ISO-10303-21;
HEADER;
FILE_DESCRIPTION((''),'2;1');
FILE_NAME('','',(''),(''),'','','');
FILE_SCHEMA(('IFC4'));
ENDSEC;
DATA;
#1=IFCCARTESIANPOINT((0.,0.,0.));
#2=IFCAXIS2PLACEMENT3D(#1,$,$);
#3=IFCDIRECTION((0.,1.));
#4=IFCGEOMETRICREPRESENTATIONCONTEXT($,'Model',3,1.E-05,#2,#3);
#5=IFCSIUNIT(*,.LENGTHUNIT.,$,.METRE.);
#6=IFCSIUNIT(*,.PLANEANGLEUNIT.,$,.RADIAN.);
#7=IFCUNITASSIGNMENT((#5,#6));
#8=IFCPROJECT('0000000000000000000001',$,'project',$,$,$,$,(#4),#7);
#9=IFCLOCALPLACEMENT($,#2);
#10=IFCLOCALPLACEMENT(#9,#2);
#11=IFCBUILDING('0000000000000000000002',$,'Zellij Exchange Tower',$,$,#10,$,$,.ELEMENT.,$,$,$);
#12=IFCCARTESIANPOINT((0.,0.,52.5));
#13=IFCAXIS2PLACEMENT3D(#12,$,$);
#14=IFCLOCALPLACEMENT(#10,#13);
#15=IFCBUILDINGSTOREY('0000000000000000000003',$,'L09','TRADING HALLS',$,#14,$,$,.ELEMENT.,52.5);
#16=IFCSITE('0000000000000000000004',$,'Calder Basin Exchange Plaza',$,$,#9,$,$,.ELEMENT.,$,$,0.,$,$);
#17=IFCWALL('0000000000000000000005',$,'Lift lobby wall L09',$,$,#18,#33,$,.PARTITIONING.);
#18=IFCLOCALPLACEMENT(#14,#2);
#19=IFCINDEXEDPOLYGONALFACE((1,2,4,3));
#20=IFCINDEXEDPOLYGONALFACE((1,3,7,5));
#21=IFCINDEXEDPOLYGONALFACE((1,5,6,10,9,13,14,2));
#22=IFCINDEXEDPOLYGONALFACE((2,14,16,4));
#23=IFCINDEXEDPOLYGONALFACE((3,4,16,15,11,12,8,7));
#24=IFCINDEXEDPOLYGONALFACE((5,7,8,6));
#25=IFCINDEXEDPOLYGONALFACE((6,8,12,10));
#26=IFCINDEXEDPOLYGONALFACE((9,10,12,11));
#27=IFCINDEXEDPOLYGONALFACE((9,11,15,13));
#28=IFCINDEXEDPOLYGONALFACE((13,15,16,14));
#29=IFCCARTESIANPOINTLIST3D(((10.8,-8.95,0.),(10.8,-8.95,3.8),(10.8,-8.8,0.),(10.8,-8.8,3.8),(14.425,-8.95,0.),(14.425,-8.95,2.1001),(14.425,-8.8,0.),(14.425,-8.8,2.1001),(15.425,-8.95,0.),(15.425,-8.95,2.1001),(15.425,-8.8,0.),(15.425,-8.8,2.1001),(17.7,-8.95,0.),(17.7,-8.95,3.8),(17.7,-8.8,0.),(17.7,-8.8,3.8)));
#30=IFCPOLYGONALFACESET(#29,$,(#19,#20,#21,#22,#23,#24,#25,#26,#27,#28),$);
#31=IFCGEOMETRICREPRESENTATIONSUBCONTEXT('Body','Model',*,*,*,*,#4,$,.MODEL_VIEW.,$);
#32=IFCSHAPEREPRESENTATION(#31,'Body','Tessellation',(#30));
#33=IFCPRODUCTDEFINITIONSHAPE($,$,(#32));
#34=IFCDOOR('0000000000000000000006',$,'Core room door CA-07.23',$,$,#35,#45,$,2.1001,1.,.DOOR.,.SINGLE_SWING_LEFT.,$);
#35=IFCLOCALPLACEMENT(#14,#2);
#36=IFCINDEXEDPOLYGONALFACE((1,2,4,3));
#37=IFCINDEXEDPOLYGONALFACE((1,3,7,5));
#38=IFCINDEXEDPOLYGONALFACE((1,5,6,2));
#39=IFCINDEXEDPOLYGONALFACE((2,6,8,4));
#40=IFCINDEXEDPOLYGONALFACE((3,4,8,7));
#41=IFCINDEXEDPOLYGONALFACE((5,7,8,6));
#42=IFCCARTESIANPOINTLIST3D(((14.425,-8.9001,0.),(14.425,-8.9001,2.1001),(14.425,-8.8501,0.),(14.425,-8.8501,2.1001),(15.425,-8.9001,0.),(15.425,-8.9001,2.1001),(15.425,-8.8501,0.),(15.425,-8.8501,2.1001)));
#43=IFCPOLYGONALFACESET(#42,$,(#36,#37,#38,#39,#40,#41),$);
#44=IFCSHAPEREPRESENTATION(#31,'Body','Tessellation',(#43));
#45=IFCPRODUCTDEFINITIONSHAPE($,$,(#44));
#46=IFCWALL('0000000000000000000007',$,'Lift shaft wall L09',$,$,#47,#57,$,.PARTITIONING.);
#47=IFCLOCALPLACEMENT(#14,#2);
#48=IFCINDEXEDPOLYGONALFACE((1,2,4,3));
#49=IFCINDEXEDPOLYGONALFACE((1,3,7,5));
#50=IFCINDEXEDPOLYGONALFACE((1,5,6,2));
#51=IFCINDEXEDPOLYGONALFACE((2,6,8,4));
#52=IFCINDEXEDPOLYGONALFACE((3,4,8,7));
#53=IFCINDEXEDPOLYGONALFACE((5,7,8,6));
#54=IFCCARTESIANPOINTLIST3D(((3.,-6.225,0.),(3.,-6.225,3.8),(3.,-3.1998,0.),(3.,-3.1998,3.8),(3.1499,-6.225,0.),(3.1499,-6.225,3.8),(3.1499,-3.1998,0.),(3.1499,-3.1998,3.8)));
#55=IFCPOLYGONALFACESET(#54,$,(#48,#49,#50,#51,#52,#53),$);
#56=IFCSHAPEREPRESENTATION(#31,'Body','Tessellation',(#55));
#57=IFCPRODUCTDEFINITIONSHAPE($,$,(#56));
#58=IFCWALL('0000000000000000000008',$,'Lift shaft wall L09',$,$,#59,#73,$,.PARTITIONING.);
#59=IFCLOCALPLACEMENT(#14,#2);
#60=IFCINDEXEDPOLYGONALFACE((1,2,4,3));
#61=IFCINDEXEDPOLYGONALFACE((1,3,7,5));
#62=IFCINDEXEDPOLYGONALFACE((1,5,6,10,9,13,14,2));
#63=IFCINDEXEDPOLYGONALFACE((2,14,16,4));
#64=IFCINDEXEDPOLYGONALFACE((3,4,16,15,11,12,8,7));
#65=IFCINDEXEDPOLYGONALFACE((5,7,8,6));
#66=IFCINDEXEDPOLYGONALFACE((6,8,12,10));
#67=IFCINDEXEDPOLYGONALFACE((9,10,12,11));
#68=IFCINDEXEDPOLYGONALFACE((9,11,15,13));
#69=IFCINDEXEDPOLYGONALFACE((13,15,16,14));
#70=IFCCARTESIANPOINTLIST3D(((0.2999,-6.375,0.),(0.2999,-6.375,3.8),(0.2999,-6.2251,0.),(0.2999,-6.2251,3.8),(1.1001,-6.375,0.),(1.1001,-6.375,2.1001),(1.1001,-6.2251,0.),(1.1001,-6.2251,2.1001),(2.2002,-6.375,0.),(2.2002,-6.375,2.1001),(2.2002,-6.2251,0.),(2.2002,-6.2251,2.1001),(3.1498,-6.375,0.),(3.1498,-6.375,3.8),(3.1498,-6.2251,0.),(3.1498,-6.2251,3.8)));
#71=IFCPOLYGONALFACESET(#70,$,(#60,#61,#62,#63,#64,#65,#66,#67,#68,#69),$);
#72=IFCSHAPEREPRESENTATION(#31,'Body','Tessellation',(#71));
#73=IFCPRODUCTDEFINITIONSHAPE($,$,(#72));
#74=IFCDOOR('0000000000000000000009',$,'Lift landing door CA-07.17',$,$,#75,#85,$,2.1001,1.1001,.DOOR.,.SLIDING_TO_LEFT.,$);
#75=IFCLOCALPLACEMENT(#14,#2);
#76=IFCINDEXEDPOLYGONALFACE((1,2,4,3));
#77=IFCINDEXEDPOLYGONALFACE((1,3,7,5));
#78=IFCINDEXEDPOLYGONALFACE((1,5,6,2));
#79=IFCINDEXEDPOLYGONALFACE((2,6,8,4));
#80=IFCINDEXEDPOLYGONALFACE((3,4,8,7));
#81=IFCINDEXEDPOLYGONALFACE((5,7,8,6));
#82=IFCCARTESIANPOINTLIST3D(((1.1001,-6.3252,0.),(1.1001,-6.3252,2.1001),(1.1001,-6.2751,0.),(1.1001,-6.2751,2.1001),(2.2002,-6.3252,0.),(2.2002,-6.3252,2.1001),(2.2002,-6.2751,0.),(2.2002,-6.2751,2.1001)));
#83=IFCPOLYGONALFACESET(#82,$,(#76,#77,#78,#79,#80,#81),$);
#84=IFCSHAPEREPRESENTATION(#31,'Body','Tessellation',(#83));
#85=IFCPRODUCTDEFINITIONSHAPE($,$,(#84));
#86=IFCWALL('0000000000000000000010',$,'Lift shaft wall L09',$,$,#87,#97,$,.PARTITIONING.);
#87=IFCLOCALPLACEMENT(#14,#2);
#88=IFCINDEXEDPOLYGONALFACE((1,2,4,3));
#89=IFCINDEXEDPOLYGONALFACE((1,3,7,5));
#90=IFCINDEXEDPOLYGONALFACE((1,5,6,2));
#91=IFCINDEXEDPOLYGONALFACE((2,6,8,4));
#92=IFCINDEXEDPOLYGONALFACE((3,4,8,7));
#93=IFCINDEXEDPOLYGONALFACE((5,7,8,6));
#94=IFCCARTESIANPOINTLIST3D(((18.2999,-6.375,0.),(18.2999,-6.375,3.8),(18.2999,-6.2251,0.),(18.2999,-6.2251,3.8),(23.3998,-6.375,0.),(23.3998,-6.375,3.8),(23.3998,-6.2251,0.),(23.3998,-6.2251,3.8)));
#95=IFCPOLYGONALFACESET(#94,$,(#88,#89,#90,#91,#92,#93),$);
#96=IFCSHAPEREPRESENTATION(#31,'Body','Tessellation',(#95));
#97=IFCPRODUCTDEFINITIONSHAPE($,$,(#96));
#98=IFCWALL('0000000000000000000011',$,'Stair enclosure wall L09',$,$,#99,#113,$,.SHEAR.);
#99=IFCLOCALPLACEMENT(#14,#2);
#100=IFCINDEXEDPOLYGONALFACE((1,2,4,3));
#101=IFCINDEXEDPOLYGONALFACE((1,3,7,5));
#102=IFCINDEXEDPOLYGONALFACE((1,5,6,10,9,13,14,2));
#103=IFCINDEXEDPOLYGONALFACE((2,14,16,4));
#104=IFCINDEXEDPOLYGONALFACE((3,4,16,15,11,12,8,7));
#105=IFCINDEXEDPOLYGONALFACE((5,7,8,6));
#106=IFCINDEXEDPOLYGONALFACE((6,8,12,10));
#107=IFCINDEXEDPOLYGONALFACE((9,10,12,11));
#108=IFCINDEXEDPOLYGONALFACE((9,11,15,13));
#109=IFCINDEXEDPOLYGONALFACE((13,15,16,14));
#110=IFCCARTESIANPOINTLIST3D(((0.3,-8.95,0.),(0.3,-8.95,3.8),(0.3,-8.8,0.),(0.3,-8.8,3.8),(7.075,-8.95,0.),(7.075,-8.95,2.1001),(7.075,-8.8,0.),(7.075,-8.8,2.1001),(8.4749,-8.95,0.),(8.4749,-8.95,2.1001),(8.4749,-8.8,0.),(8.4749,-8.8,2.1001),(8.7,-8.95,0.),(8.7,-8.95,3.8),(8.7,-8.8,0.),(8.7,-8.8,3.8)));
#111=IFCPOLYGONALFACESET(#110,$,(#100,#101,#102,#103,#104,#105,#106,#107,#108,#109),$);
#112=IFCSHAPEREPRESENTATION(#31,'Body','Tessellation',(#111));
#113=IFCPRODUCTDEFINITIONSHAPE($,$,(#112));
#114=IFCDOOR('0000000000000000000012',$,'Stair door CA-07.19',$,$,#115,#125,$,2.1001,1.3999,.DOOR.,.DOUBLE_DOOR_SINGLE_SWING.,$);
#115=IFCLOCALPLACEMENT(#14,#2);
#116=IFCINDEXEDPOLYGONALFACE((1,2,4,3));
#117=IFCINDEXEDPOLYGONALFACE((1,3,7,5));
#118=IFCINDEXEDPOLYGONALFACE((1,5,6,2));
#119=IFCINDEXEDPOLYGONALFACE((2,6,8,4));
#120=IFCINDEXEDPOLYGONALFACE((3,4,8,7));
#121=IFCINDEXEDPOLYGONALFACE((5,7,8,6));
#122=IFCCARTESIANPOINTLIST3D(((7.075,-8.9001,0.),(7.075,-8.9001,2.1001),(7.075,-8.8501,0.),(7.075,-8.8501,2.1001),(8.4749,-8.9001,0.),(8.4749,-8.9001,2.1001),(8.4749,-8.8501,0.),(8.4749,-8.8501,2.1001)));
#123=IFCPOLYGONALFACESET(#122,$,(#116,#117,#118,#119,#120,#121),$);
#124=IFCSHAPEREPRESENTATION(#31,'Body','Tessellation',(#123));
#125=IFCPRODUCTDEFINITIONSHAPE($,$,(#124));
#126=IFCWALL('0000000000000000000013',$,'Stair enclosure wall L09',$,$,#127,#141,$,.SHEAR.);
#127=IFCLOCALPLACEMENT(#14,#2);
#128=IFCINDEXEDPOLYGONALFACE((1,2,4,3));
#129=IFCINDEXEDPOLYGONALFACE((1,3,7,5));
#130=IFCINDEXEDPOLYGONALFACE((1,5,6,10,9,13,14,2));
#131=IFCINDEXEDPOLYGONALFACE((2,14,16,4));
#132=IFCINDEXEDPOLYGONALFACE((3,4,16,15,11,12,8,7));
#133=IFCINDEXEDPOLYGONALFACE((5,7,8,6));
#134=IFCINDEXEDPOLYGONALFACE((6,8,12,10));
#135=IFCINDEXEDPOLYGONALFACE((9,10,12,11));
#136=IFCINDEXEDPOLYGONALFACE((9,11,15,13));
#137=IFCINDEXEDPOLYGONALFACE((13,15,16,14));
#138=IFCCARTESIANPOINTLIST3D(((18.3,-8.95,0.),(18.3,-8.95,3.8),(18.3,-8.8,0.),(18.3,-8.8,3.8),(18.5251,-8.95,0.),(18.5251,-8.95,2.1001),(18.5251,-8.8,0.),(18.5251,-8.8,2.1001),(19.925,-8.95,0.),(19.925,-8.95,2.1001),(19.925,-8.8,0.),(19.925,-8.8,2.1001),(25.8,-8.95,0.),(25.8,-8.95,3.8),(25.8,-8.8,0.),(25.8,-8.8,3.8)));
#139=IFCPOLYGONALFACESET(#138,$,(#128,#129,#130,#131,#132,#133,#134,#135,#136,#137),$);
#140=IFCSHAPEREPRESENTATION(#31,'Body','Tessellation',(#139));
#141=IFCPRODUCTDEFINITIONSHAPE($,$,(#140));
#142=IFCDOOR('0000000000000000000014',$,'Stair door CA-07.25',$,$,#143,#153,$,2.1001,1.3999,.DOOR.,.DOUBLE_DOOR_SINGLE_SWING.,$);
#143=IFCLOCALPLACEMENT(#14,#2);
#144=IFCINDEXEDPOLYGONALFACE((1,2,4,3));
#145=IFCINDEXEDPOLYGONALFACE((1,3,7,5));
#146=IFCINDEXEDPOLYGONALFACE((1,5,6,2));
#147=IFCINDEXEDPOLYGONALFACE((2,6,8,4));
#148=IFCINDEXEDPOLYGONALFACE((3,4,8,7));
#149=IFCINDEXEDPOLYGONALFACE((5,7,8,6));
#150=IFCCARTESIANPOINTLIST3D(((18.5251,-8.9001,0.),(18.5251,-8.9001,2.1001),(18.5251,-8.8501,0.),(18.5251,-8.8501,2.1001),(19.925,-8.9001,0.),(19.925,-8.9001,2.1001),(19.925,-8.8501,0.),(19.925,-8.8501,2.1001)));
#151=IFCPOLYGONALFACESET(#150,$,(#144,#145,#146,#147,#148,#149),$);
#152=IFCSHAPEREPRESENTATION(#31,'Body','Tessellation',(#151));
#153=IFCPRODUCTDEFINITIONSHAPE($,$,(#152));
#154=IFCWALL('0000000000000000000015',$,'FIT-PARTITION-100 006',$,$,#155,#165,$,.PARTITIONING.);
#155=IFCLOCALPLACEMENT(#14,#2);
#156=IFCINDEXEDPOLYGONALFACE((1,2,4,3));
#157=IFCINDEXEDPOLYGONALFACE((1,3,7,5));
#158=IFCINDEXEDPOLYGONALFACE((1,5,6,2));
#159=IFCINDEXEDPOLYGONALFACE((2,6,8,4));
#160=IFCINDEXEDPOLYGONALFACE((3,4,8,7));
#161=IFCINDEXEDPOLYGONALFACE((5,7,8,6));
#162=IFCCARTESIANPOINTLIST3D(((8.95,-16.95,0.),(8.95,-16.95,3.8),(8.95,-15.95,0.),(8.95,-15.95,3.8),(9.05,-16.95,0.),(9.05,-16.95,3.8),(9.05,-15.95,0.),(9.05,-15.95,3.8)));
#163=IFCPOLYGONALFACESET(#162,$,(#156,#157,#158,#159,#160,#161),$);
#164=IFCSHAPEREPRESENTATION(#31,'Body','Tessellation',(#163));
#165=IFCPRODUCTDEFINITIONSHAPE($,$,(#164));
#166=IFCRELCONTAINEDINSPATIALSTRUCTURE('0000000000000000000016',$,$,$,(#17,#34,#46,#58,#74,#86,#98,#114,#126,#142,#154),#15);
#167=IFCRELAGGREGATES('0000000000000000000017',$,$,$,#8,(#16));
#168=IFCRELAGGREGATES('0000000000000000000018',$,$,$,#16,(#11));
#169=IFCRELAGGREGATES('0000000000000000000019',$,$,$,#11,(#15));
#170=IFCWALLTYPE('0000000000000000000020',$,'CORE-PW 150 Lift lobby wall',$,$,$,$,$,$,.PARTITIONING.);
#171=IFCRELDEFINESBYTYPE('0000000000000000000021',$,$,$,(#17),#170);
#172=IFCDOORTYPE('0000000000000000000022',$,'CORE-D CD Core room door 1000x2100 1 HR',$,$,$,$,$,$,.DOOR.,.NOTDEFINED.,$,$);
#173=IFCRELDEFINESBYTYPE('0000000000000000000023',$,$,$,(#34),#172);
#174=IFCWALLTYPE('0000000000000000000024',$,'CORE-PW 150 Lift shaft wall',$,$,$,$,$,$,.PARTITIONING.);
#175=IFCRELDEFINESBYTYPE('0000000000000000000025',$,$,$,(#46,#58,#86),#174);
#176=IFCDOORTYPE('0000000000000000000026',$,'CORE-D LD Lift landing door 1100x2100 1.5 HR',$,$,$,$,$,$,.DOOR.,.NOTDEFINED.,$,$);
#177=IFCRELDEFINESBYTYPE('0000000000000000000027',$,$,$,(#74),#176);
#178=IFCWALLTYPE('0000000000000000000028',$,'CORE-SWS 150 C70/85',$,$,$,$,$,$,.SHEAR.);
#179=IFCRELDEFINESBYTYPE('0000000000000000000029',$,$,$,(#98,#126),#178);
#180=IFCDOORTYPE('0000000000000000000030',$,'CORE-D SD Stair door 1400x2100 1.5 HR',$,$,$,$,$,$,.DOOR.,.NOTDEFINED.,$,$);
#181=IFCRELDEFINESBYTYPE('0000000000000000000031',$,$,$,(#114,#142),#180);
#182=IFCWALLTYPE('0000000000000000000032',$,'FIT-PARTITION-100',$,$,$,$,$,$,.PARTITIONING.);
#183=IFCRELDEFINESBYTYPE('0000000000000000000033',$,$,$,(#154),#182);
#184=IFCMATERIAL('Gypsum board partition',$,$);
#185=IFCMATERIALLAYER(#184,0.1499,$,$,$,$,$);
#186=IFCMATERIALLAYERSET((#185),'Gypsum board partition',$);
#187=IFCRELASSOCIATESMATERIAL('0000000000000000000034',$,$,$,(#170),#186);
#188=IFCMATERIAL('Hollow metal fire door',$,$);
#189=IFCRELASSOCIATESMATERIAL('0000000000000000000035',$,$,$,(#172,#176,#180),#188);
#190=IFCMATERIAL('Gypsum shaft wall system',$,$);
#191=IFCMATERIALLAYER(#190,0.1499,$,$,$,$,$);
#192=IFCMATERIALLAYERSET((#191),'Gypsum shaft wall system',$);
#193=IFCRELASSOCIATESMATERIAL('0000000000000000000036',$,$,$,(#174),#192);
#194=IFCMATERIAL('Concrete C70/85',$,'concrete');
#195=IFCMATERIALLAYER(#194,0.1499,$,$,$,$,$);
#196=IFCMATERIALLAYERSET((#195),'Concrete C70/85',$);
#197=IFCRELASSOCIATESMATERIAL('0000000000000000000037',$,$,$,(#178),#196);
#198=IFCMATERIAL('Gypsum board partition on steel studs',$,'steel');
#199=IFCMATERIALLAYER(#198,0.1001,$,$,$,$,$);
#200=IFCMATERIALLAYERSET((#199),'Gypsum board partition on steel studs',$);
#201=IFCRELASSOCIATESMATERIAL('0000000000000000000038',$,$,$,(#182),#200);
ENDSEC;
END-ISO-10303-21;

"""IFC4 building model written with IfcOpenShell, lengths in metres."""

from ifc_helpers import new_model, si_unit, direction, frame, frame_2d, origin, place, context, subcontext, project, spatial, rectangle, extrude, material, layer, layer_set, type_object, element, fill, save


model = new_model("IFC4")

# Units and contexts
model_context = context("Model", 3, precision=1e-05, world=origin(), true_north=direction((0.0, 1.0)))
body_context = subcontext(model_context, "Body", "Model", "MODEL_VIEW")
ifc_project = project(units=[si_unit("LENGTHUNIT", "METRE"), si_unit("PLANEANGLEUNIT", "RADIAN")], contexts=[model_context])

# Site, building, storey
site_placement = place(None, origin())
site = spatial("IfcSite", under=ifc_project, at=site_placement, Name="Calder Basin Exchange Plaza", CompositionType="ELEMENT", RefElevation=0.0)
building_placement = place(site_placement, origin())
building = spatial("IfcBuilding", under=site, at=building_placement, Name="Zellij Exchange Tower", CompositionType="ELEMENT")
storey_placement = place(building_placement, frame((0.0, 0.0, 52.5)))
storey = spatial("IfcBuildingStorey", under=building, at=storey_placement, Name="L09", Description="TRADING HALLS", CompositionType="ELEMENT", Elevation=52.5)

# Shared definitions
ifc_material_1 = material(Name="Concrete C70/85", Category="concrete")

# Shared definitions
ifc_material_2 = material(Name="Gypsum shaft wall system")
ifc_material_3 = material(Name="Hollow metal fire door")
ifc_material_4 = material(Name="Gypsum board partition")
ifc_layer_1 = layer(ifc_material_4, 0.1499)
ifc_layer_set_1 = layer_set([ifc_layer_1], Name="Gypsum board partition")
wall_type_1 = type_object("IfcWallType", Name="CORE-PW 150 Lift lobby wall", PredefinedType="PARTITIONING", material=ifc_layer_set_1)

# Wall, opening, door
door_type_1 = type_object("IfcDoorType", Name="CORE-D CD Core room door 1000x2100 1 HR", OperationType="NOTDEFINED", PredefinedType="DOOR", material=ifc_material_3)
wall_1_placement = place(storey_placement, frame((10.8, -8.875, 0.0), z_axis=(0.0, 0.0, 1.0), x_axis=(1.0, 0.0, 0.0)))
wall_1 = element("IfcWall", 1, at=wall_1_placement, inside=storey, type_object=wall_type_1, Name="Lift lobby wall L09", PredefinedType="PARTITIONING", context=body_context, shape_type="SweptSolid", body=[
    extrude(rectangle(XDim=6.8999, YDim=0.1499, at=frame_2d((3.45, 0.0))), origin(), (0.0, 0.0, 1.0), 3.8),
])
opening_1_placement = place(wall_1_placement, frame((3.625, 0.0, 0.0)))
opening_1 = element("IfcOpeningElement", 2, at=opening_1_placement, cuts=wall_1, PredefinedType="OPENING", context=body_context, shape_type="SweptSolid", body=[
    extrude(rectangle(XDim=1.0, YDim=2.1001, at=frame_2d((0.5, 1.05))), frame((0.0, 0.0869, 0.0), z_axis=(0.0, -1.0, 0.0), x_axis=(1.0, 0.0, 0.0)), (0.0, 0.0, 1.0), 0.1738),
])
door_1_placement = place(opening_1_placement, origin())
door_1 = element("IfcDoor", 3, at=door_1_placement, inside=storey, type_object=door_type_1, Name="Core room door CA-07.23", OperationType="SINGLE_SWING_LEFT", OverallHeight=2.1001, OverallWidth=1.0, PredefinedType="DOOR", context=body_context, shape_type="SweptSolid", body=[
    extrude(rectangle(XDim=1.0, YDim=2.1001, at=frame_2d((0.5, 1.05))), frame((0.0, 0.0249, 0.0), z_axis=(0.0, -1.0, 0.0), x_axis=(1.0, 0.0, 0.0)), (0.0, 0.0, 1.0), 0.05),
])
fill(opening_1, door_1)

# Wall
ifc_layer_2 = layer(ifc_material_2, 0.1499)
ifc_layer_set_2 = layer_set([ifc_layer_2], Name="Gypsum shaft wall system")
wall_type_2 = type_object("IfcWallType", Name="CORE-PW 150 Lift shaft wall", PredefinedType="PARTITIONING", material=ifc_layer_set_2)
wall_2_placement = place(storey_placement, frame((3.075, -6.2251, 0.0), z_axis=(0.0, 0.0, 1.0), x_axis=(0.0, 1.0, 0.0)))
element("IfcWall", 4, at=wall_2_placement, inside=storey, type_object=wall_type_2, Name="Lift shaft wall L09", PredefinedType="PARTITIONING", context=body_context, shape_type="SweptSolid", body=[
    extrude(rectangle(XDim=3.0251, YDim=0.1499, at=frame_2d((1.5127, 0.0))), origin(), (0.0, 0.0, 1.0), 3.8),
])

# Wall, opening, door
wall_3_placement = place(storey_placement, frame((0.3, -6.3, 0.0), z_axis=(0.0, 0.0, 1.0), x_axis=(1.0, 0.0, 0.0)))
wall_3 = element("IfcWall", 5, at=wall_3_placement, inside=storey, type_object=wall_type_2, Name="Lift shaft wall L09", PredefinedType="PARTITIONING", context=body_context, shape_type="SweptSolid", body=[
    extrude(rectangle(XDim=2.8499, YDim=0.1499, at=frame_2d((1.4248, 0.0))), origin(), (0.0, 0.0, 1.0), 3.8),
])
opening_2_placement = place(wall_3_placement, frame((0.8, 0.0, 0.0)))
opening_2 = element("IfcOpeningElement", 6, at=opening_2_placement, cuts=wall_3, PredefinedType="OPENING", context=body_context, shape_type="SweptSolid", body=[
    extrude(rectangle(XDim=1.1001, YDim=2.1001, at=frame_2d((0.55, 1.05))), frame((0.0, 0.0869, 0.0), z_axis=(0.0, -1.0, 0.0), x_axis=(1.0, 0.0, 0.0)), (0.0, 0.0, 1.0), 0.1738),
])
door_type_2 = type_object("IfcDoorType", Name="CORE-D LD Lift landing door 1100x2100 1.5 HR", OperationType="NOTDEFINED", PredefinedType="DOOR", material=ifc_material_3)
door_2_placement = place(opening_2_placement, origin())
door_2 = element("IfcDoor", 7, at=door_2_placement, inside=storey, type_object=door_type_2, Name="Lift landing door CA-07.17", OperationType="SLIDING_TO_LEFT", OverallHeight=2.1001, OverallWidth=1.1001, PredefinedType="DOOR", context=body_context, shape_type="SweptSolid", body=[
    extrude(rectangle(XDim=1.1001, YDim=2.1001, at=frame_2d((0.55, 1.05))), frame((0.0, 0.0249, 0.0), z_axis=(0.0, -1.0, 0.0), x_axis=(1.0, 0.0, 0.0)), (0.0, 0.0, 1.0), 0.05),
])
fill(opening_2, door_2)

# Wall
wall_4_placement = place(storey_placement, frame((18.3, -6.3, 0.0), z_axis=(0.0, 0.0, 1.0), x_axis=(1.0, 0.0, 0.0)))
element("IfcWall", 8, at=wall_4_placement, inside=storey, type_object=wall_type_2, Name="Lift shaft wall L09", PredefinedType="PARTITIONING", context=body_context, shape_type="SweptSolid", body=[
    extrude(rectangle(XDim=5.0999, YDim=0.1499, at=frame_2d((2.5498, 0.0))), origin(), (0.0, 0.0, 1.0), 3.8),
])

# Walls, openings, doors
ifc_layer_3 = layer(ifc_material_1, 0.1499)
ifc_layer_set_3 = layer_set([ifc_layer_3], Name="Concrete C70/85")
wall_type_3 = type_object("IfcWallType", Name="CORE-SWS 150 C70/85", PredefinedType="SHEAR", material=ifc_layer_set_3)
wall_5_placement = place(storey_placement, frame((0.3, -8.875, 0.0), z_axis=(0.0, 0.0, 1.0), x_axis=(1.0, 0.0, 0.0)))
wall_5 = element("IfcWall", 9, at=wall_5_placement, inside=storey, type_object=wall_type_3, Name="Stair enclosure wall L09", PredefinedType="SHEAR", context=body_context, shape_type="SweptSolid", body=[
    extrude(rectangle(XDim=8.3999, YDim=0.1499, at=frame_2d((4.2, 0.0))), origin(), (0.0, 0.0, 1.0), 3.8),
])
opening_3_placement = place(wall_5_placement, frame((6.7749, 0.0, 0.0)))
opening_3 = element("IfcOpeningElement", 10, at=opening_3_placement, cuts=wall_5, PredefinedType="OPENING", context=body_context, shape_type="SweptSolid", body=[
    extrude(rectangle(XDim=1.3999, YDim=2.1001, at=frame_2d((0.7, 1.05))), frame((0.0, 0.0869, 0.0), z_axis=(0.0, -1.0, 0.0), x_axis=(1.0, 0.0, 0.0)), (0.0, 0.0, 1.0), 0.1738),
])
door_type_3 = type_object("IfcDoorType", Name="CORE-D SD Stair door 1400x2100 1.5 HR", OperationType="NOTDEFINED", PredefinedType="DOOR", material=ifc_material_3)
door_3_placement = place(opening_3_placement, origin())
door_3 = element("IfcDoor", 11, at=door_3_placement, inside=storey, type_object=door_type_3, Name="Stair door CA-07.19", OperationType="DOUBLE_DOOR_SINGLE_SWING", OverallHeight=2.1001, OverallWidth=1.3999, PredefinedType="DOOR", context=body_context, shape_type="SweptSolid", body=[
    extrude(rectangle(XDim=1.3999, YDim=2.1001, at=frame_2d((0.7, 1.05))), frame((0.0, 0.0249, 0.0), z_axis=(0.0, -1.0, 0.0), x_axis=(1.0, 0.0, 0.0)), (0.0, 0.0, 1.0), 0.05),
])
fill(opening_3, door_3)
wall_6_placement = place(storey_placement, frame((18.3, -8.875, 0.0), z_axis=(0.0, 0.0, 1.0), x_axis=(1.0, 0.0, 0.0)))
wall_6 = element("IfcWall", 12, at=wall_6_placement, inside=storey, type_object=wall_type_3, Name="Stair enclosure wall L09", PredefinedType="SHEAR", context=body_context, shape_type="SweptSolid", body=[
    extrude(rectangle(XDim=7.5, YDim=0.1499, at=frame_2d((3.75, 0.0))), origin(), (0.0, 0.0, 1.0), 3.8),
])
opening_4_placement = place(wall_6_placement, frame((0.2251, 0.0, 0.0)))
opening_4 = element("IfcOpeningElement", 13, at=opening_4_placement, cuts=wall_6, PredefinedType="OPENING", context=body_context, shape_type="SweptSolid", body=[
    extrude(rectangle(XDim=1.3999, YDim=2.1001, at=frame_2d((0.7, 1.05))), frame((0.0, 0.0869, 0.0), z_axis=(0.0, -1.0, 0.0), x_axis=(1.0, 0.0, 0.0)), (0.0, 0.0, 1.0), 0.1738),
])
door_4_placement = place(opening_4_placement, origin())
door_4 = element("IfcDoor", 14, at=door_4_placement, inside=storey, type_object=door_type_3, Name="Stair door CA-07.25", OperationType="DOUBLE_DOOR_SINGLE_SWING", OverallHeight=2.1001, OverallWidth=1.3999, PredefinedType="DOOR", context=body_context, shape_type="SweptSolid", body=[
    extrude(rectangle(XDim=1.3999, YDim=2.1001, at=frame_2d((0.7, 1.05))), frame((0.0, 0.0249, 0.0), z_axis=(0.0, -1.0, 0.0), x_axis=(1.0, 0.0, 0.0)), (0.0, 0.0, 1.0), 0.05),
])
fill(opening_4, door_4)

# Wall
ifc_material_5 = material(Name="Gypsum board partition on steel studs", Category="steel")
ifc_layer_4 = layer(ifc_material_5, 0.1001)
ifc_layer_set_4 = layer_set([ifc_layer_4], Name="Gypsum board partition on steel studs")
wall_type_4 = type_object("IfcWallType", Name="FIT-PARTITION-100", PredefinedType="PARTITIONING", material=ifc_layer_set_4)
wall_7_placement = place(storey_placement, frame((9.0, -16.95, 0.0), z_axis=(0.0, 0.0, 1.0), x_axis=(0.0, 1.0, 0.0)))
element("IfcWall", 15, at=wall_7_placement, inside=storey, type_object=wall_type_4, Name="FIT-PARTITION-100 006", PredefinedType="PARTITIONING", context=body_context, shape_type="SweptSolid", body=[
    extrude(rectangle(XDim=1.0, YDim=0.1001, at=frame_2d((0.5, 0.0))), origin(), (0.0, 0.0, 1.0), 3.8),
])

save(model, "model.ifc")
